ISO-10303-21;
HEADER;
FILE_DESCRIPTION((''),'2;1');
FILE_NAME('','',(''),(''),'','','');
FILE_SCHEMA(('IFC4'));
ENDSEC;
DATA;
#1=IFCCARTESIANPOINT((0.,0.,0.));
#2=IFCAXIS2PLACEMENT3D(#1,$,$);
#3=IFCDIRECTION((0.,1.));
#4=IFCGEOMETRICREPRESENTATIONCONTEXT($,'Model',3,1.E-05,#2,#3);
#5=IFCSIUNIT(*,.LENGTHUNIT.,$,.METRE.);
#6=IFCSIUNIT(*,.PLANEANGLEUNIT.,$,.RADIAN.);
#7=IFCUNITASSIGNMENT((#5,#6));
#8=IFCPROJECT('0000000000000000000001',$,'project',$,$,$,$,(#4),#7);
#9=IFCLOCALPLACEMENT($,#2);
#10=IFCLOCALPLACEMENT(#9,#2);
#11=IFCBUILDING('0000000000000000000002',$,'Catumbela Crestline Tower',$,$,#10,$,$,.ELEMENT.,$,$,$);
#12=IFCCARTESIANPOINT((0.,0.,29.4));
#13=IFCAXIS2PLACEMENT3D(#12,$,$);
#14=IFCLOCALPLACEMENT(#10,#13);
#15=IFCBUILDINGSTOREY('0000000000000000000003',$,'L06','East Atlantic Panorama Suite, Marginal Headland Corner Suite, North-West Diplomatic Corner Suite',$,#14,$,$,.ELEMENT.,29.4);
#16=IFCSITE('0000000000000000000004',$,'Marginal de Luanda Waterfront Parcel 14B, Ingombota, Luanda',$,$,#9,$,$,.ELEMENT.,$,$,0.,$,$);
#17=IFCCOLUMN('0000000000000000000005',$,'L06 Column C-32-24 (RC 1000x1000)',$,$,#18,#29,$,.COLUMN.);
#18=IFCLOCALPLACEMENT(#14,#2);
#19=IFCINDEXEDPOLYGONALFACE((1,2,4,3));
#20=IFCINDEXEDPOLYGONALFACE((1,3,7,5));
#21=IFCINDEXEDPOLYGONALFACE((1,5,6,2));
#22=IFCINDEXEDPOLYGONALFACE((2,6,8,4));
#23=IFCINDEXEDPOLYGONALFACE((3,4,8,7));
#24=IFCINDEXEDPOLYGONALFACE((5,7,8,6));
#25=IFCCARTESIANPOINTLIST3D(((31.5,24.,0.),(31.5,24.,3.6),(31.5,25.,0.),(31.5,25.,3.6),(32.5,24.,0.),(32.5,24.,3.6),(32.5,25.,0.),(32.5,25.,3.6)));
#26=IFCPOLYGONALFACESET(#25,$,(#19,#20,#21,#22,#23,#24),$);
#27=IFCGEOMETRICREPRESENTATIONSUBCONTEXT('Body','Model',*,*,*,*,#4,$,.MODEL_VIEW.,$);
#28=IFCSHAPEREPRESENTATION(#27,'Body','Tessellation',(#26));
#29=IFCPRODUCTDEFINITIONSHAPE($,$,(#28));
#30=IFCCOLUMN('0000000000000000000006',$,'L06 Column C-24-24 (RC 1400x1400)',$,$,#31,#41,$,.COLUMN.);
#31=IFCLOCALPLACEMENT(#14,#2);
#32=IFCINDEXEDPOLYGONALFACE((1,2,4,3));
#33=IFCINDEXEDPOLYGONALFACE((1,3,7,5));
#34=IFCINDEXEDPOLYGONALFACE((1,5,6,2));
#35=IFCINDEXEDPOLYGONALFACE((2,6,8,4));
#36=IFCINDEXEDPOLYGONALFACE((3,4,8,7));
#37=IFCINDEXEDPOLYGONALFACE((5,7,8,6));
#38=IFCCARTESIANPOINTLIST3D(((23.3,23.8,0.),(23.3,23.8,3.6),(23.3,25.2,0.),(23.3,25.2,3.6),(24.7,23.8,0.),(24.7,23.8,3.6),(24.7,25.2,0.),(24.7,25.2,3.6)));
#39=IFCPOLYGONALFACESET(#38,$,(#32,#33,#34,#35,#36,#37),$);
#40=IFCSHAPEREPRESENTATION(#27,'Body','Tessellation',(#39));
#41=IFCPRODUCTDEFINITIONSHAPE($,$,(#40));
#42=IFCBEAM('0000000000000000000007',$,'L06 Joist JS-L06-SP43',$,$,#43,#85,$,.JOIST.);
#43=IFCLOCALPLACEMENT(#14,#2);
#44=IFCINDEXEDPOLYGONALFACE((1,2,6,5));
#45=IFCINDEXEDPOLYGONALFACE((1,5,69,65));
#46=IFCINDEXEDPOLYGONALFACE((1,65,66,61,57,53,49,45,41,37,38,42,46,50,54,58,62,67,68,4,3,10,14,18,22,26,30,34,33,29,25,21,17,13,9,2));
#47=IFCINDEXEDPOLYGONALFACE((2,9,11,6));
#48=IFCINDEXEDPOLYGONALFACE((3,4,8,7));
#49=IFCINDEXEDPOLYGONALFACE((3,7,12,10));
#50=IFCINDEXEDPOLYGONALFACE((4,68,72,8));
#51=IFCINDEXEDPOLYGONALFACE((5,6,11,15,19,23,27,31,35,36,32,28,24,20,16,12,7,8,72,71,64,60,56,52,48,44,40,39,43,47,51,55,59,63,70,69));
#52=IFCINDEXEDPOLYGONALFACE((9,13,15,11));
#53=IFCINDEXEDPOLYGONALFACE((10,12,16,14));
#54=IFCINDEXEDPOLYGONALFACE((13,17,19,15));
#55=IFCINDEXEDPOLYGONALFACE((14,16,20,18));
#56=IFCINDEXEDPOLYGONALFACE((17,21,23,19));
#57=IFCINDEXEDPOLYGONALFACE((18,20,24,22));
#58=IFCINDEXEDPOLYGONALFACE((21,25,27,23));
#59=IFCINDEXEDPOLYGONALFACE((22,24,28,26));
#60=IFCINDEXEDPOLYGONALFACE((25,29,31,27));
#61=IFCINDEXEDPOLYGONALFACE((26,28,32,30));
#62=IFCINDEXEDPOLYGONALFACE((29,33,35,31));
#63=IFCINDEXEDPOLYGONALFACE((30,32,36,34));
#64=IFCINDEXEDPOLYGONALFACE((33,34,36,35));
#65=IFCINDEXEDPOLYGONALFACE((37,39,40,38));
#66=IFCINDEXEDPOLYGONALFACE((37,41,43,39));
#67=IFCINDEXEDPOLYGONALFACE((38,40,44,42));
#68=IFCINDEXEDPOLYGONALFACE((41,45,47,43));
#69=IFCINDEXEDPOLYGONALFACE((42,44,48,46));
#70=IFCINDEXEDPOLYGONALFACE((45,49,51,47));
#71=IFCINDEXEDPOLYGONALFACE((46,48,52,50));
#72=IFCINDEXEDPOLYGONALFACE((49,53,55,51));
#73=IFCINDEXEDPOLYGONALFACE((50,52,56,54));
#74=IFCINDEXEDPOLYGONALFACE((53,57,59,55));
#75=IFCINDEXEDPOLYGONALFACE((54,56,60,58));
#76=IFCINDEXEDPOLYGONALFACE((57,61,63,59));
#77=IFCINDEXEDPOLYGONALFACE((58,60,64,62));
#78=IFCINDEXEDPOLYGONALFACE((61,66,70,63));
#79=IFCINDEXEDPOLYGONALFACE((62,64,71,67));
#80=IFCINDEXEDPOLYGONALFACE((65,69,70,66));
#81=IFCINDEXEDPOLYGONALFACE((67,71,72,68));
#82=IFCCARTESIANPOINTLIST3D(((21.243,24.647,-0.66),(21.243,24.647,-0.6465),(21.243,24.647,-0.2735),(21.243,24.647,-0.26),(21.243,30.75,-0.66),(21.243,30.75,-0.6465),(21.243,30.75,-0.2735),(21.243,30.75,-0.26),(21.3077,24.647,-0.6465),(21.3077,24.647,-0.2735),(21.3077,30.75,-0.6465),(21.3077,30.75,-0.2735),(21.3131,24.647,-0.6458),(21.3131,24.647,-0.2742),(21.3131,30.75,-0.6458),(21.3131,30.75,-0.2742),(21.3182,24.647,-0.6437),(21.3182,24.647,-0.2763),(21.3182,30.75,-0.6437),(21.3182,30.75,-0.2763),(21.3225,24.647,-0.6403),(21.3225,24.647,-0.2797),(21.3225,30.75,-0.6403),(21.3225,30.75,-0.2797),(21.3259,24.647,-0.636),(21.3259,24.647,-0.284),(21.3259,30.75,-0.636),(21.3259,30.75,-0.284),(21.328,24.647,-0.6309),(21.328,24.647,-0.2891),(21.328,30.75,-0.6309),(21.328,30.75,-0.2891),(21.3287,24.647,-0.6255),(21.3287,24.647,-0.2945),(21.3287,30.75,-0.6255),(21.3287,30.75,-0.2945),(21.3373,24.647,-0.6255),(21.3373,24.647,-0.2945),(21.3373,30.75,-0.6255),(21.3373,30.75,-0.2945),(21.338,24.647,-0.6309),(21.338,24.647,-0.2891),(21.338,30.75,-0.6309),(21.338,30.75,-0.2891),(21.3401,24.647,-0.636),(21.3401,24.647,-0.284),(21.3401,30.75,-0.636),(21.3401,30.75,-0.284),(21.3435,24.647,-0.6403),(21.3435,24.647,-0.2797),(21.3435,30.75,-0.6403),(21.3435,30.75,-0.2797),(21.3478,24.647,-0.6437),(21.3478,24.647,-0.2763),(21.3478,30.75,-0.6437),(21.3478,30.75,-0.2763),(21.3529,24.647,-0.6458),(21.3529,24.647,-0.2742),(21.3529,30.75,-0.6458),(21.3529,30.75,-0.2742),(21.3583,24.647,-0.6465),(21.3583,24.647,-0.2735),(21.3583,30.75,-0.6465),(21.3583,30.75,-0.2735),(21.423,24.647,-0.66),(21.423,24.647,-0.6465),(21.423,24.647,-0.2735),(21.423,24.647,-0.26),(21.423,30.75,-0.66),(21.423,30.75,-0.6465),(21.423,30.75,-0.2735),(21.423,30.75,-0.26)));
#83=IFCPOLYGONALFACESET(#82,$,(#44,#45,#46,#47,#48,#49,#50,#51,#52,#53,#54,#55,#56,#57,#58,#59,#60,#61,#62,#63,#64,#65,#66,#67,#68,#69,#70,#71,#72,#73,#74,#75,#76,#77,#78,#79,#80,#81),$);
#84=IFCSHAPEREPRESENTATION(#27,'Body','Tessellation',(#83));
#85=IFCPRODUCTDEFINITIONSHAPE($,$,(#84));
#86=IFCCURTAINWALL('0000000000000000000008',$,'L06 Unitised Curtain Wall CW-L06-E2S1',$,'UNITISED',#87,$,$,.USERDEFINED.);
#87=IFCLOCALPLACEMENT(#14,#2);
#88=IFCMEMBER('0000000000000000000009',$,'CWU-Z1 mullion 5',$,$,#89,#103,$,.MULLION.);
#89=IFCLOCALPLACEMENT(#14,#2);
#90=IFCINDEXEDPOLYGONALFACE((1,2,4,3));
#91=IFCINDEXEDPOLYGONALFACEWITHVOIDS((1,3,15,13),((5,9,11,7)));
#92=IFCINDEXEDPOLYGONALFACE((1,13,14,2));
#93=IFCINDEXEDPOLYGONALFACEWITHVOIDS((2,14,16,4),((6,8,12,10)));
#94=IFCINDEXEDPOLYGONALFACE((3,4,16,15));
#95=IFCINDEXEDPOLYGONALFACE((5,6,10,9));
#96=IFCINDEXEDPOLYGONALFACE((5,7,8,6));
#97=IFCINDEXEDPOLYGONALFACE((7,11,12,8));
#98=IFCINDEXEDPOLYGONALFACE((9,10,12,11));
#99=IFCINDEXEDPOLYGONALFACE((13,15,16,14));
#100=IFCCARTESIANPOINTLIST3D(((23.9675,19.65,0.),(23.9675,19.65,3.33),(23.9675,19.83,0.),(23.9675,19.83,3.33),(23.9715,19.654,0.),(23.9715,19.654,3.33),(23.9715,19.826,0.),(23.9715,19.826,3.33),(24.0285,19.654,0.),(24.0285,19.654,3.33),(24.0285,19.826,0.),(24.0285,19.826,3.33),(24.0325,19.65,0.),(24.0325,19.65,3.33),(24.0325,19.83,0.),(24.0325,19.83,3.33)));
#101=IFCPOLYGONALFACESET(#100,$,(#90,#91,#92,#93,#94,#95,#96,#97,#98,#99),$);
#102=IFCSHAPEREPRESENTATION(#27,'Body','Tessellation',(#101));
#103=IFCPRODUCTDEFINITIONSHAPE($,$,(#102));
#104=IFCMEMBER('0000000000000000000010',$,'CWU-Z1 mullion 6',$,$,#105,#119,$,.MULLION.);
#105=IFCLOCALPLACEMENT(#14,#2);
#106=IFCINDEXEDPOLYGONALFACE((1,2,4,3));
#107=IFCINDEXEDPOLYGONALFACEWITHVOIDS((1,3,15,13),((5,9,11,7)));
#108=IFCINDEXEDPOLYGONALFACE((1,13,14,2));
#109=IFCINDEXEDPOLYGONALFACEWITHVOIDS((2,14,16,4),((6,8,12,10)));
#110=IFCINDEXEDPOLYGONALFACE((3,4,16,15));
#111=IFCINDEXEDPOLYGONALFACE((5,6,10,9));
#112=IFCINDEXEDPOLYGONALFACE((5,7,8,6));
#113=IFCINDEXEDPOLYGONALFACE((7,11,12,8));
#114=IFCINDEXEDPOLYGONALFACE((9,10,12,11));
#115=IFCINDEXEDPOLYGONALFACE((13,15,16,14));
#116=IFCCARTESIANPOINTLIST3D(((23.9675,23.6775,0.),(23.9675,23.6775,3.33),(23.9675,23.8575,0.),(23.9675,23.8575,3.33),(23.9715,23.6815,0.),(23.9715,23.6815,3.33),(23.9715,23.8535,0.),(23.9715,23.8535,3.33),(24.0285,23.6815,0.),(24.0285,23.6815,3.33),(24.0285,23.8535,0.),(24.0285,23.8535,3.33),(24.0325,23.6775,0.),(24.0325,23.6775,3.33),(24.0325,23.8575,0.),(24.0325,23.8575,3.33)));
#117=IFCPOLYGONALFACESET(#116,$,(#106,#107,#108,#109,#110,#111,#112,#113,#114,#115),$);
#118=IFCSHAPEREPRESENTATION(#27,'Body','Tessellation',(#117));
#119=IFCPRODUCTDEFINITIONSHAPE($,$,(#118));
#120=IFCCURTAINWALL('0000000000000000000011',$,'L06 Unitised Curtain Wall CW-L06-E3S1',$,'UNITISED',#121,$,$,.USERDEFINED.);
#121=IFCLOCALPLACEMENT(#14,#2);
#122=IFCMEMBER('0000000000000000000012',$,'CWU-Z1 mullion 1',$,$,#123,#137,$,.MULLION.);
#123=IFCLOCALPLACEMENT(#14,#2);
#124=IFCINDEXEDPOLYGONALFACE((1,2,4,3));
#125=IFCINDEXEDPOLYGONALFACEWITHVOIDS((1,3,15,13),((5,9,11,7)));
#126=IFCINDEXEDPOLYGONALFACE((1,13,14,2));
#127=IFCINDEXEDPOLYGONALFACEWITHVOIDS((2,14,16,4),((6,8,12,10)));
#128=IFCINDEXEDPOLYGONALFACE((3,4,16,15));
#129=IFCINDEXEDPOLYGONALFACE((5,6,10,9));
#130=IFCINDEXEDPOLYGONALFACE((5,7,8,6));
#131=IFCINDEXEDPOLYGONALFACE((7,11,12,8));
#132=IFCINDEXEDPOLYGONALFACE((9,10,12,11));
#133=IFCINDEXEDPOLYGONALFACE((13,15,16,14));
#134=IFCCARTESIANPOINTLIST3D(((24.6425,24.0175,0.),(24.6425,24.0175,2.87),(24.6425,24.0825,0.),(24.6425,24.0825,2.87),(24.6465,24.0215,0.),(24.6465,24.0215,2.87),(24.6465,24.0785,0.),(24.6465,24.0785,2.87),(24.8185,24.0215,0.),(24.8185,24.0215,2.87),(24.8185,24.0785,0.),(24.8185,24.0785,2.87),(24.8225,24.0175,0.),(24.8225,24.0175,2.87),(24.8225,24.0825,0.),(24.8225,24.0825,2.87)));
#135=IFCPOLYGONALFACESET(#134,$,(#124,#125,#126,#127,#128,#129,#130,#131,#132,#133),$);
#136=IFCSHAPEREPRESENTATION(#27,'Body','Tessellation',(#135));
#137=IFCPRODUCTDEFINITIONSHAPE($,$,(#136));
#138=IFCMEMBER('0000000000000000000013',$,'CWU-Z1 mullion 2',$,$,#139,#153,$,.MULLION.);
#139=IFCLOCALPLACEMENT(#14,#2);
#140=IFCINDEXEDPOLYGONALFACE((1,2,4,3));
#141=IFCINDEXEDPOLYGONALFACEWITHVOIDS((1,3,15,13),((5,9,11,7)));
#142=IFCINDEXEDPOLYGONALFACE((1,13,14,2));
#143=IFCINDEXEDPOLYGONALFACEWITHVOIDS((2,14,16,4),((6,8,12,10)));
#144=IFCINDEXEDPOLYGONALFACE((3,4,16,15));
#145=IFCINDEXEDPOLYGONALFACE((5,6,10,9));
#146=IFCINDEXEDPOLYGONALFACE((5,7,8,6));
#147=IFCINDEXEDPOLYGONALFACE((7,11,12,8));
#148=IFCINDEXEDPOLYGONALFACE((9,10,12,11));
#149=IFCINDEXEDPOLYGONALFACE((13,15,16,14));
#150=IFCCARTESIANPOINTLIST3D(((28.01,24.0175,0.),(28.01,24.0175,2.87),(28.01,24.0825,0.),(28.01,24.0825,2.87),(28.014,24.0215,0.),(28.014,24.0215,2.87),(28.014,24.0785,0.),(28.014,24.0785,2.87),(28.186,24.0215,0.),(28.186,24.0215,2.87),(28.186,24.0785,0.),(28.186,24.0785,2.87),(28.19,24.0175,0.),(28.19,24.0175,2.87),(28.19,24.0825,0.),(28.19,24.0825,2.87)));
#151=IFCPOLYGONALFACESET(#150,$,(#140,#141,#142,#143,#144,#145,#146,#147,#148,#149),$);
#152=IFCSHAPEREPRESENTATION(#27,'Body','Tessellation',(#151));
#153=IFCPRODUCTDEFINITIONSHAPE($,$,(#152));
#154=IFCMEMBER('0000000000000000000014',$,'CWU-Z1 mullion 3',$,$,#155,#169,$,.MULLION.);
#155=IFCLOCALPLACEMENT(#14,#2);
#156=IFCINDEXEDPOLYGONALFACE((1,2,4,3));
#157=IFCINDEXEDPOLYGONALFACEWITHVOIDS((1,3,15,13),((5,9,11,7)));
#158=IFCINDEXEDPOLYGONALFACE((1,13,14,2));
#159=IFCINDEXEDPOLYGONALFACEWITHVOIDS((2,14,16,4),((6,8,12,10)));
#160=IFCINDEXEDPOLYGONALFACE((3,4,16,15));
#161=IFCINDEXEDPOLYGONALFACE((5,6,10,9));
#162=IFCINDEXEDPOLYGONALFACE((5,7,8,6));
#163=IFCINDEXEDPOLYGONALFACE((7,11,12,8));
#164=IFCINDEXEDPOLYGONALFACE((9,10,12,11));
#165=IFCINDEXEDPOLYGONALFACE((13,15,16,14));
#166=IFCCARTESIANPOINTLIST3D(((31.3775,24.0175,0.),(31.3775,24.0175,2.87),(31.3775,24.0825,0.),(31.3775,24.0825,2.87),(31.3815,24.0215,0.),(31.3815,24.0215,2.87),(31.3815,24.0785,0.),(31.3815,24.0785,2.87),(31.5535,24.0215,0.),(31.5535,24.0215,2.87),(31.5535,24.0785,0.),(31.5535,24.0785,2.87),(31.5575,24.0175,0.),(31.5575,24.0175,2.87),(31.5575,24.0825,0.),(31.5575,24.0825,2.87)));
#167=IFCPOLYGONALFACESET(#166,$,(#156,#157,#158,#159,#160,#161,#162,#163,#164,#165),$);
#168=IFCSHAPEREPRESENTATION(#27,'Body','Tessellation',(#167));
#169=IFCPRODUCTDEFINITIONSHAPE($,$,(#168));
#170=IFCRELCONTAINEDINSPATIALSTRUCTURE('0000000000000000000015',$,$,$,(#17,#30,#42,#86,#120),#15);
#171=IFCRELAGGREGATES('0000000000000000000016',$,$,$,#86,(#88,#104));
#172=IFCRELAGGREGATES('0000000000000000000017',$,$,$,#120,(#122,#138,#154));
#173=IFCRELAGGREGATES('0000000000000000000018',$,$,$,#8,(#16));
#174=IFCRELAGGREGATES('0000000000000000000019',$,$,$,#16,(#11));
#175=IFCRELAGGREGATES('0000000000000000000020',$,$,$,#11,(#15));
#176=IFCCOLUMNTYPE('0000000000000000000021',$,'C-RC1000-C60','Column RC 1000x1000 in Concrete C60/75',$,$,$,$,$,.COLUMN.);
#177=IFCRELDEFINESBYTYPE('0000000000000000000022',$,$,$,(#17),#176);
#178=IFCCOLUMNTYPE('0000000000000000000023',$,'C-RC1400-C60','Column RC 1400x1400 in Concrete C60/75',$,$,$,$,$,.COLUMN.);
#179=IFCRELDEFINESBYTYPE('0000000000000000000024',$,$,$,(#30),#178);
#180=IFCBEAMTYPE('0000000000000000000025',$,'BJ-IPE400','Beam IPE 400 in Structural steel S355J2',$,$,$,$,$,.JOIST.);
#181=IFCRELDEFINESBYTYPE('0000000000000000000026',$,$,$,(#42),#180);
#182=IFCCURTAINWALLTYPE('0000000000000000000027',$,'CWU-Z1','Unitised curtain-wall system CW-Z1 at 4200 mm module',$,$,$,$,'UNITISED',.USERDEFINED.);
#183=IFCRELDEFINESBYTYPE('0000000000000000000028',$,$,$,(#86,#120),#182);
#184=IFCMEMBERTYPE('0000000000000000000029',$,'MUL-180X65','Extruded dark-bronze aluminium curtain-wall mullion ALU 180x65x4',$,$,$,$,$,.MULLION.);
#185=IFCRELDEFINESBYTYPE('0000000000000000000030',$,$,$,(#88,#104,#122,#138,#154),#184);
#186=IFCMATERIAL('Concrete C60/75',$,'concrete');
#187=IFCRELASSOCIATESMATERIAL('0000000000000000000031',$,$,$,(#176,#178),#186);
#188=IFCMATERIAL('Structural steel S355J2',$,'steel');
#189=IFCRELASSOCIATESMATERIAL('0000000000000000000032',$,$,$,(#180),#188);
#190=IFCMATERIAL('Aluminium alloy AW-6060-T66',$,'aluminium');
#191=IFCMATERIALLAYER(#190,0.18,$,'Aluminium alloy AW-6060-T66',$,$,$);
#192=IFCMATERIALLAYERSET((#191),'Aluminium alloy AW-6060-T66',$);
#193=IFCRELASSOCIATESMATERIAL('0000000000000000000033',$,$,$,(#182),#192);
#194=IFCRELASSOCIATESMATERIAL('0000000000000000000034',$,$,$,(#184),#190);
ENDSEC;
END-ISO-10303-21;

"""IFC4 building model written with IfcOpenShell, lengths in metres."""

from ifc_helpers import new_model, si_unit, direction, frame, origin, origin_2d, place, context, subcontext, project, spatial, rectangle, hollow_rectangle, i_section, extrude, material, layer, layer_set, material_profile, profile_set, type_object, element, aggregate, save


model = new_model("IFC4")

# Units and contexts
model_context = context("Model", 3, precision=1e-05, world=origin(), true_north=direction((0.0, 1.0)))
body_context = subcontext(model_context, "Body", "Model", "MODEL_VIEW")
ifc_project = project(units=[si_unit("LENGTHUNIT", "METRE"), si_unit("PLANEANGLEUNIT", "RADIAN")], contexts=[model_context])

# Site, building, storey
site_placement = place(None, origin())
site = spatial("IfcSite", under=ifc_project, at=site_placement, Name="Marginal de Luanda Waterfront Parcel 14B, Ingombota, Luanda", CompositionType="ELEMENT", RefElevation=0.0)
building_placement = place(site_placement, origin())
building = spatial("IfcBuilding", under=site, at=building_placement, Name="Catumbela Crestline Tower", CompositionType="ELEMENT")
storey_placement = place(building_placement, frame((0.0, 0.0, 29.4)))
storey = spatial("IfcBuildingStorey", under=building, at=storey_placement, Name="L06", Description="East Atlantic Panorama Suite, Marginal Headland Corner Suite, North-West Diplomatic Corner Suite", CompositionType="ELEMENT", Elevation=29.4)

# Columns
ifc_material_1 = material(Name="Concrete C60/75", Category="concrete")
ifc_material_profile_1 = material_profile(ifc_material_1, rectangle(XDim=1.0, YDim=1.0, at=origin_2d()), Name="RC 1000x1000")
ifc_profile_set_1 = profile_set([ifc_material_profile_1], Name="Concrete C60/75")
column_type_1 = type_object("IfcColumnType", Name="C-RC1000-C60", Description="Column RC 1000x1000 in Concrete C60/75", PredefinedType="COLUMN", material=ifc_profile_set_1)
column_1_placement = place(storey_placement, frame((32.0, 24.5, 0.0), z_axis=(0.0, 0.0, 1.0), x_axis=(1.0, 0.0, 0.0)))
element("IfcColumn", 1, at=column_1_placement, inside=storey, type_object=column_type_1, Name="L06 Column C-32-24 (RC 1000x1000)", PredefinedType="COLUMN", context=body_context, shape_type="SweptSolid", body=[
    extrude(rectangle(XDim=1.0, YDim=1.0, at=origin_2d()), origin(), (0.0, 0.0, 1.0), 3.6),
])
ifc_material_profile_2 = material_profile(ifc_material_1, rectangle(XDim=1.4, YDim=1.4, at=origin_2d()), Name="RC 1400x1400")
ifc_profile_set_2 = profile_set([ifc_material_profile_2], Name="Concrete C60/75")
column_type_2 = type_object("IfcColumnType", Name="C-RC1400-C60", Description="Column RC 1400x1400 in Concrete C60/75", PredefinedType="COLUMN", material=ifc_profile_set_2)
column_2_placement = place(storey_placement, frame((24.0, 24.5, 0.0), z_axis=(0.0, 0.0, 1.0), x_axis=(1.0, 0.0, 0.0)))
element("IfcColumn", 2, at=column_2_placement, inside=storey, type_object=column_type_2, Name="L06 Column C-24-24 (RC 1400x1400)", PredefinedType="COLUMN", context=body_context, shape_type="SweptSolid", body=[
    extrude(rectangle(XDim=1.4, YDim=1.4, at=origin_2d()), origin(), (0.0, 0.0, 1.0), 3.6),
])

# Beam
ifc_material_2 = material(Name="Structural steel S355J2", Category="steel")
ifc_material_profile_3 = material_profile(ifc_material_2, i_section(OverallWidth=0.18, OverallDepth=0.4, WebThickness=0.0086, FlangeThickness=0.0135, FilletRadius=0.021, at=origin_2d()), Name="IPE 400")
ifc_profile_set_3 = profile_set([ifc_material_profile_3], Name="Structural steel S355J2")
beam_type_1 = type_object("IfcBeamType", Name="BJ-IPE400", Description="Beam IPE 400 in Structural steel S355J2", PredefinedType="JOIST", material=ifc_profile_set_3)
beam_1_placement = place(storey_placement, frame((21.333, 24.647, -0.46), z_axis=(0.0, 1.0, 0.0), x_axis=(-1.0, 0.0, 0.0)))
element("IfcBeam", 3, at=beam_1_placement, inside=storey, type_object=beam_type_1, Name="L06 Joist JS-L06-SP43", PredefinedType="JOIST", context=body_context, shape_type="SweptSolid", body=[
    extrude(i_section(OverallWidth=0.18, OverallDepth=0.4, WebThickness=0.0086, FlangeThickness=0.0135, FilletRadius=0.021, at=origin_2d()), origin(), (0.0, 0.0, 1.0), 6.103),
])

# Curtain walls, members
ifc_material_3 = material(Name="Aluminium alloy AW-6060-T66", Category="aluminium")
ifc_layer_1 = layer(ifc_material_3, 0.18, Name="Aluminium alloy AW-6060-T66")
ifc_layer_set_1 = layer_set([ifc_layer_1], Name="Aluminium alloy AW-6060-T66")
curtain_wall_type = type_object("IfcCurtainWallType", Name="CWU-Z1", Description="Unitised curtain-wall system CW-Z1 at 4200 mm module", ElementType="UNITISED", PredefinedType="USERDEFINED", material=ifc_layer_set_1)
curtain_wall_1_placement = place(storey_placement, origin())
curtain_wall_1 = element("IfcCurtainWall", 4, at=curtain_wall_1_placement, inside=storey, type_object=curtain_wall_type, Name="L06 Unitised Curtain Wall CW-L06-E2S1", ObjectType="UNITISED", PredefinedType="USERDEFINED")
ifc_material_profile_4 = material_profile(ifc_material_3, hollow_rectangle(XDim=0.065, YDim=0.18, WallThickness=0.004, at=origin_2d()), Name="ALU 180x65x4")
ifc_profile_set_4 = profile_set([ifc_material_profile_4], Name="Aluminium alloy AW-6060-T66")
member_type_1 = type_object("IfcMemberType", Name="MUL-180X65", Description="Extruded dark-bronze aluminium curtain-wall mullion ALU 180x65x4", PredefinedType="MULLION", material=ifc_profile_set_4)
member_1_placement = place(storey_placement, frame((24.0, 19.74, 0.0), z_axis=(0.0, 0.0, 1.0), x_axis=(-1.0, 0.0, 0.0)))
member_1 = element("IfcMember", 5, at=member_1_placement, type_object=member_type_1, Name="CWU-Z1 mullion 5", PredefinedType="MULLION", context=body_context, shape_type="SweptSolid", body=[
    extrude(hollow_rectangle(XDim=0.065, YDim=0.18, WallThickness=0.004, at=origin_2d()), origin(), (0.0, 0.0, 1.0), 3.33),
])
member_2_placement = place(storey_placement, frame((24.0, 23.7675, 0.0), z_axis=(0.0, 0.0, 1.0), x_axis=(-1.0, 0.0, 0.0)))
member_2 = element("IfcMember", 6, at=member_2_placement, type_object=member_type_1, Name="CWU-Z1 mullion 6", PredefinedType="MULLION", context=body_context, shape_type="SweptSolid", body=[
    extrude(hollow_rectangle(XDim=0.065, YDim=0.18, WallThickness=0.004, at=origin_2d()), origin(), (0.0, 0.0, 1.0), 3.33),
])
curtain_wall_2_placement = place(storey_placement, origin())
curtain_wall_2 = element("IfcCurtainWall", 7, at=curtain_wall_2_placement, inside=storey, type_object=curtain_wall_type, Name="L06 Unitised Curtain Wall CW-L06-E3S1", ObjectType="UNITISED", PredefinedType="USERDEFINED")
member_3_placement = place(storey_placement, frame((24.7325, 24.05, 0.0), z_axis=(0.0, 0.0, 1.0), x_axis=(0.0, 1.0, 0.0)))
member_3 = element("IfcMember", 8, at=member_3_placement, type_object=member_type_1, Name="CWU-Z1 mullion 1", PredefinedType="MULLION", context=body_context, shape_type="SweptSolid", body=[
    extrude(hollow_rectangle(XDim=0.065, YDim=0.18, WallThickness=0.004, at=origin_2d()), origin(), (0.0, 0.0, 1.0), 2.87),
])
member_4_placement = place(storey_placement, frame((28.1, 24.05, 0.0), z_axis=(0.0, 0.0, 1.0), x_axis=(0.0, 1.0, 0.0)))
member_4 = element("IfcMember", 9, at=member_4_placement, type_object=member_type_1, Name="CWU-Z1 mullion 2", PredefinedType="MULLION", context=body_context, shape_type="SweptSolid", body=[
    extrude(hollow_rectangle(XDim=0.065, YDim=0.18, WallThickness=0.004, at=origin_2d()), origin(), (0.0, 0.0, 1.0), 2.87),
])
member_5_placement = place(storey_placement, frame((31.4675, 24.05, 0.0), z_axis=(0.0, 0.0, 1.0), x_axis=(0.0, 1.0, 0.0)))
member_5 = element("IfcMember", 10, at=member_5_placement, type_object=member_type_1, Name="CWU-Z1 mullion 3", PredefinedType="MULLION", context=body_context, shape_type="SweptSolid", body=[
    extrude(hollow_rectangle(XDim=0.065, YDim=0.18, WallThickness=0.004, at=origin_2d()), origin(), (0.0, 0.0, 1.0), 2.87),
])

aggregate(curtain_wall_1, [member_1, member_2])
aggregate(curtain_wall_2, [member_3, member_4, member_5])

save(model, "model.ifc")
